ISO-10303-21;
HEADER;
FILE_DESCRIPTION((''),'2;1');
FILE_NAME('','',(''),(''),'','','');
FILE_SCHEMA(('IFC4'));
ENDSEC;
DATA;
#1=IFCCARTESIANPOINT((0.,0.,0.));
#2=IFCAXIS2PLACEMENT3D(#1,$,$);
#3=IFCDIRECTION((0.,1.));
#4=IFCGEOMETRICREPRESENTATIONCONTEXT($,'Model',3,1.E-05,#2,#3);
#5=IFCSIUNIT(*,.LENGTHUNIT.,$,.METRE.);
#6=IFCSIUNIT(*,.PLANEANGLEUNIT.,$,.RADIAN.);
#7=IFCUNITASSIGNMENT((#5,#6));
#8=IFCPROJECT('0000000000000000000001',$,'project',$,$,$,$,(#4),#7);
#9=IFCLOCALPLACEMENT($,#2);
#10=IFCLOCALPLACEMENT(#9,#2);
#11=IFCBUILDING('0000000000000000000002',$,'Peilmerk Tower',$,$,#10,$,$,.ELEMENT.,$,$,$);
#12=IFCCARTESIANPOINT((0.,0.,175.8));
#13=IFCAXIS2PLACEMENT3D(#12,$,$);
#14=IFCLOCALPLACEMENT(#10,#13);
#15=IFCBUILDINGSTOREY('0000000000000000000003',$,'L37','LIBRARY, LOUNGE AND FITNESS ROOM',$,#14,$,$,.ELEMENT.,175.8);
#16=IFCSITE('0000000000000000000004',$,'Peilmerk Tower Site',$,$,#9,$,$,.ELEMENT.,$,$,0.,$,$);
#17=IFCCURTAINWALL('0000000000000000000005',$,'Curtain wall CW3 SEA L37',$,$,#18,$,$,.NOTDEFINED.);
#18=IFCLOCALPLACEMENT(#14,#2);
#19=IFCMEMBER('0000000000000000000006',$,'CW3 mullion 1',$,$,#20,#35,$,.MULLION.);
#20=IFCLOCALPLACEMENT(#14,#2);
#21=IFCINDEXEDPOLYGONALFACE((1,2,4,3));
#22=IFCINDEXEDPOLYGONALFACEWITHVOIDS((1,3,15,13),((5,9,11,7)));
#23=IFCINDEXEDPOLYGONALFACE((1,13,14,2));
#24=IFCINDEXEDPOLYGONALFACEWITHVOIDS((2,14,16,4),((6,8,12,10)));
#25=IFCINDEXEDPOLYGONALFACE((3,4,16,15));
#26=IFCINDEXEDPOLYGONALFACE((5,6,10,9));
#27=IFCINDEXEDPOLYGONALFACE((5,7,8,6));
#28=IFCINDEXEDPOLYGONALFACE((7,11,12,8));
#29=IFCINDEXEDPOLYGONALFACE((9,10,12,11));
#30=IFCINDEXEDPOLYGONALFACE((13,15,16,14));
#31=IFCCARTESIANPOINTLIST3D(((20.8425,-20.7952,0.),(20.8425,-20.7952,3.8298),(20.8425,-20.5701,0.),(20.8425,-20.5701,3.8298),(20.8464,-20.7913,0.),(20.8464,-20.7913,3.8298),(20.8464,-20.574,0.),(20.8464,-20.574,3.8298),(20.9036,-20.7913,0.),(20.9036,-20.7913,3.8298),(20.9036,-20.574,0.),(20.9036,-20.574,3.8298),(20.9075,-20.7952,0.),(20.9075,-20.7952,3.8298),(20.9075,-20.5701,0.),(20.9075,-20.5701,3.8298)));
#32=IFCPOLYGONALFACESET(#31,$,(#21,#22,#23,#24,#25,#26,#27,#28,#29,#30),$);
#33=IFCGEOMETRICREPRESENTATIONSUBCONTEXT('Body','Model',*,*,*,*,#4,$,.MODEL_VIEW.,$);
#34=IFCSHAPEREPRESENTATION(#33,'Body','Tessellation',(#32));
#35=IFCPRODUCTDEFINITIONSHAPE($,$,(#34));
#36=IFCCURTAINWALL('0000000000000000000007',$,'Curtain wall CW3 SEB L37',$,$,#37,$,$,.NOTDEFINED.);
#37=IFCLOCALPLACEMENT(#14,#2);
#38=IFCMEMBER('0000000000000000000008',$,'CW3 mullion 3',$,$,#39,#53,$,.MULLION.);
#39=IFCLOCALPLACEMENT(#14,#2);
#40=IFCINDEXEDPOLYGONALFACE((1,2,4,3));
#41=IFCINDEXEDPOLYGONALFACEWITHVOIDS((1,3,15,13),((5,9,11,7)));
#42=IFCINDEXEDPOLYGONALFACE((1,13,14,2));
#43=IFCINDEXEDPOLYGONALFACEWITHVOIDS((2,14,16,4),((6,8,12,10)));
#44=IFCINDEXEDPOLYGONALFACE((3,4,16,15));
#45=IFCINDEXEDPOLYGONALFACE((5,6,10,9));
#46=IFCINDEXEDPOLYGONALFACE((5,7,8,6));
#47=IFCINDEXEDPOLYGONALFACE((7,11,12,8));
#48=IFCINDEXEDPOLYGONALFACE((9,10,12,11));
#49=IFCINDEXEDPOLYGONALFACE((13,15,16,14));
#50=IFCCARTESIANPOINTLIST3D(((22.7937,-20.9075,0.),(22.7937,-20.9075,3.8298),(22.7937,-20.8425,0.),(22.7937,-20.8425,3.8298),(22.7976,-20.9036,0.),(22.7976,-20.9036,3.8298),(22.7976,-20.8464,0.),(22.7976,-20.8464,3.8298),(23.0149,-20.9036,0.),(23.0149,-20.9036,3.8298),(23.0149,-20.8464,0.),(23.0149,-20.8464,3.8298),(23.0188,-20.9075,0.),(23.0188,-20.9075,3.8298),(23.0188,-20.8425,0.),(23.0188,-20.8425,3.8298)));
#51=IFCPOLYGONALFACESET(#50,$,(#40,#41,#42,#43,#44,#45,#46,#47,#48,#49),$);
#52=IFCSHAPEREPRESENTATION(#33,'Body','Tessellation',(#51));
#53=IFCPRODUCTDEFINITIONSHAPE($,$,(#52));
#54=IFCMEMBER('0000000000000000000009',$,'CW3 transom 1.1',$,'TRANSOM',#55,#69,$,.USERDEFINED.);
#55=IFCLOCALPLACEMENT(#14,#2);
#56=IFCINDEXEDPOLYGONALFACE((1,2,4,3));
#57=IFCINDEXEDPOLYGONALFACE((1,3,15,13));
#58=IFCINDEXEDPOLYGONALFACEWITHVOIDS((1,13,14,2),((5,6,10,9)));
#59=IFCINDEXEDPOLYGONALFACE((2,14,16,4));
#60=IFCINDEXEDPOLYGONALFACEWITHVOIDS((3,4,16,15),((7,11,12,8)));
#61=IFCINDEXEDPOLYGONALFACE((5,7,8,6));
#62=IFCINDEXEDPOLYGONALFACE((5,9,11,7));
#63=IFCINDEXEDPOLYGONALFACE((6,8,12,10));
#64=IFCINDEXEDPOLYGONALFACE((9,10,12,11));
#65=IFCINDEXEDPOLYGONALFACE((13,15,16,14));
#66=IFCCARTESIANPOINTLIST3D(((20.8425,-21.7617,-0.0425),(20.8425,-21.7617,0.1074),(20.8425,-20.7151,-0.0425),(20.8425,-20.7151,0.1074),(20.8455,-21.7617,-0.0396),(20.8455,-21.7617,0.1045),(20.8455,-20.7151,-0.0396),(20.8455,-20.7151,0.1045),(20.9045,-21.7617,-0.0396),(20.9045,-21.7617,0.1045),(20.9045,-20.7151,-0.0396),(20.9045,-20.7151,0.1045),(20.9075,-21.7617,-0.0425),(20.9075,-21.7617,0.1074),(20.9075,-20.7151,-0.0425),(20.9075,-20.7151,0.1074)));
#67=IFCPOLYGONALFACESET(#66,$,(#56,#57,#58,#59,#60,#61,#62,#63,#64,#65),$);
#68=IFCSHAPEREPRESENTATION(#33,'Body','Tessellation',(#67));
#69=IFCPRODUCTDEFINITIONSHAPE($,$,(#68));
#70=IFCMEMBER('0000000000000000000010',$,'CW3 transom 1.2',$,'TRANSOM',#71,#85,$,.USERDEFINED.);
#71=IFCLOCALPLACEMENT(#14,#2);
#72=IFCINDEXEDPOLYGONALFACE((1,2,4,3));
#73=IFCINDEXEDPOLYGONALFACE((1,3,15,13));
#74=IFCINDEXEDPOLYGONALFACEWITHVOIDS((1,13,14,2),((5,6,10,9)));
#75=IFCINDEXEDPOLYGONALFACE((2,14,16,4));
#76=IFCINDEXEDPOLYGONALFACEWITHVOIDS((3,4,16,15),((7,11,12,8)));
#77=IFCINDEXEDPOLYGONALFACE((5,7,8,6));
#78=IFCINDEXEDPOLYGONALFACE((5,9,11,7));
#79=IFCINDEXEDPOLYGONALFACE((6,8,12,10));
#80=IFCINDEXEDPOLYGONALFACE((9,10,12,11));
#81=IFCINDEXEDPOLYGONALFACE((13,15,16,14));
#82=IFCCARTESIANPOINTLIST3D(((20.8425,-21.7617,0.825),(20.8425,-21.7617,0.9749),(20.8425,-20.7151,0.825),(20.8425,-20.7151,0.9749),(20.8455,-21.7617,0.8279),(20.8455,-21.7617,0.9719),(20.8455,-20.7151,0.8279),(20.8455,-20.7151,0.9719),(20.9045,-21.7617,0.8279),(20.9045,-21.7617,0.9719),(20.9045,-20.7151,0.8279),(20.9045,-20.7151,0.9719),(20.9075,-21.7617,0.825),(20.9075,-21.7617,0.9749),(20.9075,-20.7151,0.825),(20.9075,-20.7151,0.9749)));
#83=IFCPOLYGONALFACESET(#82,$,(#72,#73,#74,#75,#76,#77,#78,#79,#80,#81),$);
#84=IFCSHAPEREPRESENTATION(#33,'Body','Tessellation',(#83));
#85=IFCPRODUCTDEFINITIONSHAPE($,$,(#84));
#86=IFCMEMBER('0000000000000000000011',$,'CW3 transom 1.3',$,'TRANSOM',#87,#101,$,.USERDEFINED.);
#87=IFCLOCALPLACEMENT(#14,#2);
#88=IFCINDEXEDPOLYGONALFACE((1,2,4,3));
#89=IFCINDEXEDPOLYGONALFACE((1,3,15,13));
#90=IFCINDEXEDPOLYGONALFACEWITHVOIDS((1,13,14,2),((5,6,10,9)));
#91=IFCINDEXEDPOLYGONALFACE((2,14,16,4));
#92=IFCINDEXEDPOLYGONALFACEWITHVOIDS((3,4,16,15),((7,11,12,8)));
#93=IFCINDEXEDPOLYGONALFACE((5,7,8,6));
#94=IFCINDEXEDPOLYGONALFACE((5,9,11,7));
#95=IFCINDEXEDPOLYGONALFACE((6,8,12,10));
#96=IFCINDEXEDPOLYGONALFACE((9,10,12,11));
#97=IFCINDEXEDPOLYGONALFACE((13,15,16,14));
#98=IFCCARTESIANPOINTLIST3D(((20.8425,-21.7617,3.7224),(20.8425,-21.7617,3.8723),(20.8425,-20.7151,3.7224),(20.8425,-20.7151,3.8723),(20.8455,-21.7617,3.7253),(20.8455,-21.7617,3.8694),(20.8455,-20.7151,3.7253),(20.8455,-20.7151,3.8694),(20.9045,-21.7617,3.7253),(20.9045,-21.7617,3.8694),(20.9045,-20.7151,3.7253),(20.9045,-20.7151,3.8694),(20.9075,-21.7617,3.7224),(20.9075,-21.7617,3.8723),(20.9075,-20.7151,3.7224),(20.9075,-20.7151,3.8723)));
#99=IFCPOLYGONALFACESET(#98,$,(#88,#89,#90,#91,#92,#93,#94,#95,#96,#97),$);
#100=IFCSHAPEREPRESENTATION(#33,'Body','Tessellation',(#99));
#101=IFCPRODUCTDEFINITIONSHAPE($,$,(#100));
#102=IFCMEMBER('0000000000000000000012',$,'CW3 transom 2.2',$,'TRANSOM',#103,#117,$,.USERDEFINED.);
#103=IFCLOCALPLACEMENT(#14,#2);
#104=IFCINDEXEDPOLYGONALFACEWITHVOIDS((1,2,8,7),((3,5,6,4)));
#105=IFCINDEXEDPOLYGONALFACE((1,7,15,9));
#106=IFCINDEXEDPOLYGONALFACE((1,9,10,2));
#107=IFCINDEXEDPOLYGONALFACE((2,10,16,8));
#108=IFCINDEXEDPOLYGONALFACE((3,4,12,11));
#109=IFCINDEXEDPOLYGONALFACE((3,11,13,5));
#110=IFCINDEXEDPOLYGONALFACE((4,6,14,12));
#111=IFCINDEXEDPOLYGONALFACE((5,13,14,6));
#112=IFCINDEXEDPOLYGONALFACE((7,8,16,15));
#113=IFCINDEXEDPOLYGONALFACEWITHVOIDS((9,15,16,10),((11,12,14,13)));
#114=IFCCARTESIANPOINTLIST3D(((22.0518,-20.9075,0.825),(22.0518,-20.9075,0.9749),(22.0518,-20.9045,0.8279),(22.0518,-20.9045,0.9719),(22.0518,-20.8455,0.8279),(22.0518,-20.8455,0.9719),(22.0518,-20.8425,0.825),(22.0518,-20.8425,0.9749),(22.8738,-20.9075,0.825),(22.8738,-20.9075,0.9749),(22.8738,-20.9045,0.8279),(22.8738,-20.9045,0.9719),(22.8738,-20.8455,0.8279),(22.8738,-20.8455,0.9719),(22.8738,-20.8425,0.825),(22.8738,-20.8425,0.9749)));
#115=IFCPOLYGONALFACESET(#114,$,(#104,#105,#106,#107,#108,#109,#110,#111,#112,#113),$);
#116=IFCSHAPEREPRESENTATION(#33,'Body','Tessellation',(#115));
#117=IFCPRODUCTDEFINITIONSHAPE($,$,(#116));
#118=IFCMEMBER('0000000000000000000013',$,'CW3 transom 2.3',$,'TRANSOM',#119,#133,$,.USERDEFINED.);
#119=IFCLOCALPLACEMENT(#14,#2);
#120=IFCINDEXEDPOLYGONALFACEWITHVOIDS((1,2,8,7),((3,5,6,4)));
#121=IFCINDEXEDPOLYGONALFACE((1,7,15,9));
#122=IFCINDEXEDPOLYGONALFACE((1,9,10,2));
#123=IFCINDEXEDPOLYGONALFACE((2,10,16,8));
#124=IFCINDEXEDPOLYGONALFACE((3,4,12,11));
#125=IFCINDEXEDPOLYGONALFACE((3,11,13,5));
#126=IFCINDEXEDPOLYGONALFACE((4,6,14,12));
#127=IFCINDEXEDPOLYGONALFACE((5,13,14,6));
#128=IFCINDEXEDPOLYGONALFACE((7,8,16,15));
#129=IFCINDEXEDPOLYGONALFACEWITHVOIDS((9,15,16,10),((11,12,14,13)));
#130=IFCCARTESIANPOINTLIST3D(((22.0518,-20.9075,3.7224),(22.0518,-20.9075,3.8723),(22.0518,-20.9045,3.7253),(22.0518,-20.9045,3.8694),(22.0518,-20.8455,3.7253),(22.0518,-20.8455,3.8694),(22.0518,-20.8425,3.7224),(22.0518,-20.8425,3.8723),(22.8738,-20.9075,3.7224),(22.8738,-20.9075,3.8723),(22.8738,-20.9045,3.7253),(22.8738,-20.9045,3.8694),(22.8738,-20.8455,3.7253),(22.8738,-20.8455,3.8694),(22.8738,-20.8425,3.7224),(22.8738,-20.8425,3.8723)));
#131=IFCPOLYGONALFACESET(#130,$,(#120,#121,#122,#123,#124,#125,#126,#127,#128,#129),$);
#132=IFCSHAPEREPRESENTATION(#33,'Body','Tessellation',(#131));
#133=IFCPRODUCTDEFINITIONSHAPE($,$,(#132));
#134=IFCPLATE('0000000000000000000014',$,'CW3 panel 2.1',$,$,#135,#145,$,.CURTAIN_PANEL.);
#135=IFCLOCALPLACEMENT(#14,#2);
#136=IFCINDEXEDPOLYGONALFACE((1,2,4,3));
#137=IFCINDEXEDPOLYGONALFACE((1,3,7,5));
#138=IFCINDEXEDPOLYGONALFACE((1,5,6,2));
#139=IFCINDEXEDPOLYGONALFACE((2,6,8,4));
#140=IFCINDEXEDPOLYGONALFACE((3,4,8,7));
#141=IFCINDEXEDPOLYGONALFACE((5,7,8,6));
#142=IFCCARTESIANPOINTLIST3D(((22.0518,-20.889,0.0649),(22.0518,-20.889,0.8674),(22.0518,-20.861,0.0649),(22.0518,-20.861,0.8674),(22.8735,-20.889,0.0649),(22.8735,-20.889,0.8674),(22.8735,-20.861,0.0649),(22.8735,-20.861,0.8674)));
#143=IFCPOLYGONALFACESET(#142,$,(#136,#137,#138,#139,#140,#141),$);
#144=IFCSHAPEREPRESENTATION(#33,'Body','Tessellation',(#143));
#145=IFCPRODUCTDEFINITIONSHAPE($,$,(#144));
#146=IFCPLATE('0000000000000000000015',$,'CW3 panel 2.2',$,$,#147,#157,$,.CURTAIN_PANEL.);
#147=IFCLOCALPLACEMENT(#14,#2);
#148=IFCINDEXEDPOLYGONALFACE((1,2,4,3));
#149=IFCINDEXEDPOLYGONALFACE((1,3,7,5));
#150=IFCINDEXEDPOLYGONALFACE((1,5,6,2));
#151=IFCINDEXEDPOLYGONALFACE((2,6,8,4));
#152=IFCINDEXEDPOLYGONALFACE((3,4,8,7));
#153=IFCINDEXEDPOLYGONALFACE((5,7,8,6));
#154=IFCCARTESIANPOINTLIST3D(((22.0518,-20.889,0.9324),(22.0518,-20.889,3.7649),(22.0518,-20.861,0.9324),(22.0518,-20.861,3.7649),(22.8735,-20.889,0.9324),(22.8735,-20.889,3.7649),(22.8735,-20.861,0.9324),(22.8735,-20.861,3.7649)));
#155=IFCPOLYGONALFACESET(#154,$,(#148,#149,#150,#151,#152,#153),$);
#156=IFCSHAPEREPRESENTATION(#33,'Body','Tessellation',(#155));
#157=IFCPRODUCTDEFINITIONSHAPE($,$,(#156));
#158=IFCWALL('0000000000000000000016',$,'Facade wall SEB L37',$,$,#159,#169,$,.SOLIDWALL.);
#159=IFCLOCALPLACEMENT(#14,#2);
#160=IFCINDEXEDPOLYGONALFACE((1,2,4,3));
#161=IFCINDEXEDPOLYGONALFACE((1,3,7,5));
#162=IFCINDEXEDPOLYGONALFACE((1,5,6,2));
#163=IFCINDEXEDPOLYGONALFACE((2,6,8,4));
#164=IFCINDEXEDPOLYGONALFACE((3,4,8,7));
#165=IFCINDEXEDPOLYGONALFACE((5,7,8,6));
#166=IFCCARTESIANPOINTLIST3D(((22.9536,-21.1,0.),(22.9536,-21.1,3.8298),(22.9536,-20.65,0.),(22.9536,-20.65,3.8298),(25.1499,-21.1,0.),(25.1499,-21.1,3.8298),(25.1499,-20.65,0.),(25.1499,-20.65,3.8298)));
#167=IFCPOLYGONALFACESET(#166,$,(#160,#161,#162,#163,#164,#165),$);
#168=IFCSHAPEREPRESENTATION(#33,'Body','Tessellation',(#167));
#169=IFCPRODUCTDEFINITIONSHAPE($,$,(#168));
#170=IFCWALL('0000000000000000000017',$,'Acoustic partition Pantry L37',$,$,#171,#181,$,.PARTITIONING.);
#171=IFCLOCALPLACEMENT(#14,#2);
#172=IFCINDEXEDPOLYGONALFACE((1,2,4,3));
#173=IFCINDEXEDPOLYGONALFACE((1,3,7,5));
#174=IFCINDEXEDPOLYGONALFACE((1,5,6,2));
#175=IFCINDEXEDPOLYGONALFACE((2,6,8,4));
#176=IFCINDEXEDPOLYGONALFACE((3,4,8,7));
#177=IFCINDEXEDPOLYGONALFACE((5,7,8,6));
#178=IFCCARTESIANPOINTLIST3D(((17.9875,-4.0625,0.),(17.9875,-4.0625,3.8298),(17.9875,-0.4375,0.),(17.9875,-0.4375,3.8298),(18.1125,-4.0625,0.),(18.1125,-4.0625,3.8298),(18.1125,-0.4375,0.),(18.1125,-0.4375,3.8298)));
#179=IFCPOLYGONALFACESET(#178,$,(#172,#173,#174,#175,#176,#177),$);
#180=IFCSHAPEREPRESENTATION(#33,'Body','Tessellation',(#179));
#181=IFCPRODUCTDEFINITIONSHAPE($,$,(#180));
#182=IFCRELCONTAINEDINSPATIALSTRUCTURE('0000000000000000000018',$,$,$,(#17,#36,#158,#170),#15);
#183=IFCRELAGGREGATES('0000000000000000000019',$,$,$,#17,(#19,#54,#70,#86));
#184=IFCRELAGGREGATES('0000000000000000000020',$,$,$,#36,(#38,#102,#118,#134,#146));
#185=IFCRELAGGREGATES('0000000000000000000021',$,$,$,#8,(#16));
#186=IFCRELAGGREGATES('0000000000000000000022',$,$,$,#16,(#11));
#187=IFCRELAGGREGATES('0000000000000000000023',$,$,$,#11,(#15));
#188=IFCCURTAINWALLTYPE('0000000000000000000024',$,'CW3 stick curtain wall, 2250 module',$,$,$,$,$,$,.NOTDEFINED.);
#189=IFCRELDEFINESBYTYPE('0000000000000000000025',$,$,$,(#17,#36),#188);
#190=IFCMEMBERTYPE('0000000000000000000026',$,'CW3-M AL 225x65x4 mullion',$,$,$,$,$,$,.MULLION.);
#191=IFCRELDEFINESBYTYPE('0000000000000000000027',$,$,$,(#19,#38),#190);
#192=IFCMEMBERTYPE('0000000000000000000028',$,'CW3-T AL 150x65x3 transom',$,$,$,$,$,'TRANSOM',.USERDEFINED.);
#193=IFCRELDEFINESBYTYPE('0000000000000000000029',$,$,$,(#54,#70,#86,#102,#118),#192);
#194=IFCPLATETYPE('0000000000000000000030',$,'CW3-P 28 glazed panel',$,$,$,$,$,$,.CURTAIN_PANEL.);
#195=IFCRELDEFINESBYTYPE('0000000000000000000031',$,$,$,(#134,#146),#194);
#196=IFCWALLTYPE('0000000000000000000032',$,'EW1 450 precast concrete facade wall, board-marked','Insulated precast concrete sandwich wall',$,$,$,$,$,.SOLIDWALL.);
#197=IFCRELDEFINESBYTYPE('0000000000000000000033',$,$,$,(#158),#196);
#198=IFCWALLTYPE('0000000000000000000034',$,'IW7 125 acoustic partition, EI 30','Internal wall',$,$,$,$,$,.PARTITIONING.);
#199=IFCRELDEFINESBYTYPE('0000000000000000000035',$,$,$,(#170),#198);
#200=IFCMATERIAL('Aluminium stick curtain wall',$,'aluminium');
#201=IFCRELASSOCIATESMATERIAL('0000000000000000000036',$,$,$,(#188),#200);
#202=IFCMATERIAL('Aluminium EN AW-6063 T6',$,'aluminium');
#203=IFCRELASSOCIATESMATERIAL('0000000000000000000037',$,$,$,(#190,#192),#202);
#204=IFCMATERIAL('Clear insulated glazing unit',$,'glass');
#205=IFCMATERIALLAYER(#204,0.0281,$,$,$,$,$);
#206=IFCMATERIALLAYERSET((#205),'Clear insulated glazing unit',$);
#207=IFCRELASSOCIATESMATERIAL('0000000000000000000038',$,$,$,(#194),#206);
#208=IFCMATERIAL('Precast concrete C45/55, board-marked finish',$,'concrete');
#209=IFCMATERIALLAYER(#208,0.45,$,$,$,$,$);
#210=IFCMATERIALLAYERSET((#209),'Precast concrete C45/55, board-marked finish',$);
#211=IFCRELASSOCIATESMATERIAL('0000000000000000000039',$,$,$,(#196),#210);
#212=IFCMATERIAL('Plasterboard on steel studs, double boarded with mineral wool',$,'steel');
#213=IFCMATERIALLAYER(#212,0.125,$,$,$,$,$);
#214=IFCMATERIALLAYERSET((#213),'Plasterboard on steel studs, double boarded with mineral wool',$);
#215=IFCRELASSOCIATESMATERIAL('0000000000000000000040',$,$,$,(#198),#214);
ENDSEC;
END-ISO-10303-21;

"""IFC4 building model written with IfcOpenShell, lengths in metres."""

from ifc_helpers import new_model, si_unit, direction, frame, frame_2d, origin, origin_2d, place, context, subcontext, project, spatial, rectangle, hollow_rectangle, extrude, material, layer, layer_set, material_profile, profile_set, type_object, element, aggregate, save


model = new_model("IFC4")

# Units and contexts
model_context = context("Model", 3, precision=1e-05, world=origin(), true_north=direction((0.0, 1.0)))
body_context = subcontext(model_context, "Body", "Model", "MODEL_VIEW")
ifc_project = project(units=[si_unit("LENGTHUNIT", "METRE"), si_unit("PLANEANGLEUNIT", "RADIAN")], contexts=[model_context])

# Site, building, storey
site_placement = place(None, origin())
site = spatial("IfcSite", under=ifc_project, at=site_placement, Name="Peilmerk Tower Site", CompositionType="ELEMENT", RefElevation=0.0)
building_placement = place(site_placement, origin())
building = spatial("IfcBuilding", under=site, at=building_placement, Name="Peilmerk Tower", CompositionType="ELEMENT")
storey_placement = place(building_placement, frame((0.0, 0.0, 175.8)))
storey = spatial("IfcBuildingStorey", under=building, at=storey_placement, Name="L37", Description="LIBRARY, LOUNGE AND FITNESS ROOM", CompositionType="ELEMENT", Elevation=175.8)

# Curtain walls, members
ifc_material_1 = material(Name="Aluminium stick curtain wall", Category="aluminium")
curtain_wall_type = type_object("IfcCurtainWallType", Name="CW3 stick curtain wall, 2250 module", PredefinedType="NOTDEFINED", material=ifc_material_1)
curtain_wall_1_placement = place(storey_placement, origin())
curtain_wall_1 = element("IfcCurtainWall", 1, at=curtain_wall_1_placement, inside=storey, type_object=curtain_wall_type, Name="Curtain wall CW3 SEA L37", PredefinedType="NOTDEFINED")
ifc_material_2 = material(Name="Aluminium EN AW-6063 T6", Category="aluminium")
ifc_material_profile_1 = material_profile(ifc_material_2, hollow_rectangle(XDim=0.0649, YDim=0.2251, WallThickness=0.0039, at=origin_2d()), Name="AL 225x65x4")
ifc_profile_set_1 = profile_set([ifc_material_profile_1], Name="Aluminium EN AW-6063 T6")
member_type_1 = type_object("IfcMemberType", Name="CW3-M AL 225x65x4 mullion", PredefinedType="MULLION", material=ifc_profile_set_1)
member_1_placement = place(storey_placement, frame((20.875, -20.6826, 0.0), z_axis=(0.0, 0.0, 1.0), x_axis=(1.0, 0.0, 0.0)))
member_1 = element("IfcMember", 2, at=member_1_placement, type_object=member_type_1, Name="CW3 mullion 1", PredefinedType="MULLION", context=body_context, shape_type="SweptSolid", body=[
    extrude(hollow_rectangle(XDim=0.0649, YDim=0.2251, WallThickness=0.0039, at=origin_2d()), origin(), (0.0, 0.0, 1.0), 3.8298),
])
curtain_wall_2_placement = place(storey_placement, origin())
curtain_wall_2 = element("IfcCurtainWall", 3, at=curtain_wall_2_placement, inside=storey, type_object=curtain_wall_type, Name="Curtain wall CW3 SEB L37", PredefinedType="NOTDEFINED")
member_2_placement = place(storey_placement, frame((22.9062, -20.875, 0.0), z_axis=(0.0, 0.0, 1.0), x_axis=(0.0, 1.0, 0.0)))
member_2 = element("IfcMember", 4, at=member_2_placement, type_object=member_type_1, Name="CW3 mullion 3", PredefinedType="MULLION", context=body_context, shape_type="SweptSolid", body=[
    extrude(hollow_rectangle(XDim=0.0649, YDim=0.2251, WallThickness=0.0039, at=origin_2d()), origin(), (0.0, 0.0, 1.0), 3.8298),
])

# Members
ifc_material_profile_2 = material_profile(ifc_material_2, hollow_rectangle(XDim=0.0649, YDim=0.1499, WallThickness=0.0029, at=origin_2d()), Name="AL 150x65x3")
ifc_profile_set_2 = profile_set([ifc_material_profile_2], Name="Aluminium EN AW-6063 T6")
member_type_2 = type_object("IfcMemberType", Name="CW3-T AL 150x65x3 transom", ElementType="TRANSOM", PredefinedType="USERDEFINED", material=ifc_profile_set_2)
member_3_placement = place(storey_placement, frame((20.875, -20.7151, 0.0325), z_axis=(0.0, -1.0, 0.0), x_axis=(1.0, 0.0, 0.0)))
member_3 = element("IfcMember", 5, at=member_3_placement, type_object=member_type_2, Name="CW3 transom 1.1", ObjectType="TRANSOM", PredefinedType="USERDEFINED", context=body_context, shape_type="SweptSolid", body=[
    extrude(hollow_rectangle(XDim=0.0649, YDim=0.1499, WallThickness=0.0029, at=origin_2d()), origin(), (0.0, 0.0, 1.0), 1.0466),
])
member_4_placement = place(storey_placement, frame((20.875, -20.7151, 0.8999), z_axis=(0.0, -1.0, 0.0), x_axis=(1.0, 0.0, 0.0)))
member_4 = element("IfcMember", 6, at=member_4_placement, type_object=member_type_2, Name="CW3 transom 1.2", ObjectType="TRANSOM", PredefinedType="USERDEFINED", context=body_context, shape_type="SweptSolid", body=[
    extrude(hollow_rectangle(XDim=0.0649, YDim=0.1499, WallThickness=0.0029, at=origin_2d()), origin(), (0.0, 0.0, 1.0), 1.0466),
])
member_5_placement = place(storey_placement, frame((20.875, -20.7151, 3.7974), z_axis=(0.0, -1.0, 0.0), x_axis=(1.0, 0.0, 0.0)))
member_5 = element("IfcMember", 7, at=member_5_placement, type_object=member_type_2, Name="CW3 transom 1.3", ObjectType="TRANSOM", PredefinedType="USERDEFINED", context=body_context, shape_type="SweptSolid", body=[
    extrude(hollow_rectangle(XDim=0.0649, YDim=0.1499, WallThickness=0.0029, at=origin_2d()), origin(), (0.0, 0.0, 1.0), 1.0466),
])
aggregate(curtain_wall_1, [member_1, member_3, member_4, member_5])
member_6_placement = place(storey_placement, frame((22.0518, -20.875, 0.8999), z_axis=(1.0, 0.0, 0.0), x_axis=(0.0, 1.0, 0.0)))
member_6 = element("IfcMember", 8, at=member_6_placement, type_object=member_type_2, Name="CW3 transom 2.2", ObjectType="TRANSOM", PredefinedType="USERDEFINED", context=body_context, shape_type="SweptSolid", body=[
    extrude(hollow_rectangle(XDim=0.0649, YDim=0.1499, WallThickness=0.0029, at=origin_2d()), origin(), (0.0, 0.0, 1.0), 0.822),
])
member_7_placement = place(storey_placement, frame((22.0518, -20.875, 3.7974), z_axis=(1.0, 0.0, 0.0), x_axis=(0.0, 1.0, 0.0)))
member_7 = element("IfcMember", 9, at=member_7_placement, type_object=member_type_2, Name="CW3 transom 2.3", ObjectType="TRANSOM", PredefinedType="USERDEFINED", context=body_context, shape_type="SweptSolid", body=[
    extrude(hollow_rectangle(XDim=0.0649, YDim=0.1499, WallThickness=0.0029, at=origin_2d()), origin(), (0.0, 0.0, 1.0), 0.822),
])

# Plates
ifc_material_3 = material(Name="Clear insulated glazing unit", Category="glass")
ifc_layer_1 = layer(ifc_material_3, 0.0281)
ifc_layer_set_1 = layer_set([ifc_layer_1], Name="Clear insulated glazing unit")
plate_type = type_object("IfcPlateType", Name="CW3-P 28 glazed panel", PredefinedType="CURTAIN_PANEL", material=ifc_layer_set_1)
plate_1_placement = place(storey_placement, frame((22.4626, -20.875, 0.0649), z_axis=(0.0, 0.0, 1.0), x_axis=(1.0, 0.0, 0.0)))
plate_1 = element("IfcPlate", 10, at=plate_1_placement, type_object=plate_type, Name="CW3 panel 2.1", PredefinedType="CURTAIN_PANEL", context=body_context, shape_type="SweptSolid", body=[
    extrude(rectangle(XDim=0.8218, YDim=0.0281, at=origin_2d()), origin(), (0.0, 0.0, 1.0), 0.8025),
])
plate_2_placement = place(storey_placement, frame((22.4626, -20.875, 0.9324), z_axis=(0.0, 0.0, 1.0), x_axis=(1.0, 0.0, 0.0)))
plate_2 = element("IfcPlate", 11, at=plate_2_placement, type_object=plate_type, Name="CW3 panel 2.2", PredefinedType="CURTAIN_PANEL", context=body_context, shape_type="SweptSolid", body=[
    extrude(rectangle(XDim=0.8218, YDim=0.0281, at=origin_2d()), origin(), (0.0, 0.0, 1.0), 2.8325),
])
aggregate(curtain_wall_2, [member_2, member_6, member_7, plate_1, plate_2])

# Walls
ifc_material_4 = material(Name="Precast concrete C45/55, board-marked finish", Category="concrete")
ifc_layer_2 = layer(ifc_material_4, 0.45)
ifc_layer_set_2 = layer_set([ifc_layer_2], Name="Precast concrete C45/55, board-marked finish")
wall_type_1 = type_object("IfcWallType", Name="EW1 450 precast concrete facade wall, board-marked", Description="Insulated precast concrete sandwich wall", PredefinedType="SOLIDWALL", material=ifc_layer_set_2)
wall_1_placement = place(storey_placement, frame((22.9536, -20.875, 0.0), z_axis=(0.0, 0.0, 1.0), x_axis=(1.0, 0.0, 0.0)))
element("IfcWall", 12, at=wall_1_placement, inside=storey, type_object=wall_type_1, Name="Facade wall SEB L37", PredefinedType="SOLIDWALL", context=body_context, shape_type="SweptSolid", body=[
    extrude(rectangle(XDim=2.1963, YDim=0.45, at=frame_2d((1.0981, 0.0))), origin(), (0.0, 0.0, 1.0), 3.8298),
])
ifc_material_5 = material(Name="Plasterboard on steel studs, double boarded with mineral wool", Category="steel")
ifc_layer_3 = layer(ifc_material_5, 0.125)
ifc_layer_set_3 = layer_set([ifc_layer_3], Name="Plasterboard on steel studs, double boarded with mineral wool")
wall_type_2 = type_object("IfcWallType", Name="IW7 125 acoustic partition, EI 30", Description="Internal wall", PredefinedType="PARTITIONING", material=ifc_layer_set_3)
wall_2_placement = place(storey_placement, frame((18.05, -4.0625, 0.0), z_axis=(0.0, 0.0, 1.0), x_axis=(0.0, 1.0, 0.0)))
element("IfcWall", 13, at=wall_2_placement, inside=storey, type_object=wall_type_2, Name="Acoustic partition Pantry L37", PredefinedType="PARTITIONING", context=body_context, shape_type="SweptSolid", body=[
    extrude(rectangle(XDim=3.625, YDim=0.125, at=frame_2d((1.8125, 0.0))), origin(), (0.0, 0.0, 1.0), 3.8298),
])

save(model, "model.ifc")
